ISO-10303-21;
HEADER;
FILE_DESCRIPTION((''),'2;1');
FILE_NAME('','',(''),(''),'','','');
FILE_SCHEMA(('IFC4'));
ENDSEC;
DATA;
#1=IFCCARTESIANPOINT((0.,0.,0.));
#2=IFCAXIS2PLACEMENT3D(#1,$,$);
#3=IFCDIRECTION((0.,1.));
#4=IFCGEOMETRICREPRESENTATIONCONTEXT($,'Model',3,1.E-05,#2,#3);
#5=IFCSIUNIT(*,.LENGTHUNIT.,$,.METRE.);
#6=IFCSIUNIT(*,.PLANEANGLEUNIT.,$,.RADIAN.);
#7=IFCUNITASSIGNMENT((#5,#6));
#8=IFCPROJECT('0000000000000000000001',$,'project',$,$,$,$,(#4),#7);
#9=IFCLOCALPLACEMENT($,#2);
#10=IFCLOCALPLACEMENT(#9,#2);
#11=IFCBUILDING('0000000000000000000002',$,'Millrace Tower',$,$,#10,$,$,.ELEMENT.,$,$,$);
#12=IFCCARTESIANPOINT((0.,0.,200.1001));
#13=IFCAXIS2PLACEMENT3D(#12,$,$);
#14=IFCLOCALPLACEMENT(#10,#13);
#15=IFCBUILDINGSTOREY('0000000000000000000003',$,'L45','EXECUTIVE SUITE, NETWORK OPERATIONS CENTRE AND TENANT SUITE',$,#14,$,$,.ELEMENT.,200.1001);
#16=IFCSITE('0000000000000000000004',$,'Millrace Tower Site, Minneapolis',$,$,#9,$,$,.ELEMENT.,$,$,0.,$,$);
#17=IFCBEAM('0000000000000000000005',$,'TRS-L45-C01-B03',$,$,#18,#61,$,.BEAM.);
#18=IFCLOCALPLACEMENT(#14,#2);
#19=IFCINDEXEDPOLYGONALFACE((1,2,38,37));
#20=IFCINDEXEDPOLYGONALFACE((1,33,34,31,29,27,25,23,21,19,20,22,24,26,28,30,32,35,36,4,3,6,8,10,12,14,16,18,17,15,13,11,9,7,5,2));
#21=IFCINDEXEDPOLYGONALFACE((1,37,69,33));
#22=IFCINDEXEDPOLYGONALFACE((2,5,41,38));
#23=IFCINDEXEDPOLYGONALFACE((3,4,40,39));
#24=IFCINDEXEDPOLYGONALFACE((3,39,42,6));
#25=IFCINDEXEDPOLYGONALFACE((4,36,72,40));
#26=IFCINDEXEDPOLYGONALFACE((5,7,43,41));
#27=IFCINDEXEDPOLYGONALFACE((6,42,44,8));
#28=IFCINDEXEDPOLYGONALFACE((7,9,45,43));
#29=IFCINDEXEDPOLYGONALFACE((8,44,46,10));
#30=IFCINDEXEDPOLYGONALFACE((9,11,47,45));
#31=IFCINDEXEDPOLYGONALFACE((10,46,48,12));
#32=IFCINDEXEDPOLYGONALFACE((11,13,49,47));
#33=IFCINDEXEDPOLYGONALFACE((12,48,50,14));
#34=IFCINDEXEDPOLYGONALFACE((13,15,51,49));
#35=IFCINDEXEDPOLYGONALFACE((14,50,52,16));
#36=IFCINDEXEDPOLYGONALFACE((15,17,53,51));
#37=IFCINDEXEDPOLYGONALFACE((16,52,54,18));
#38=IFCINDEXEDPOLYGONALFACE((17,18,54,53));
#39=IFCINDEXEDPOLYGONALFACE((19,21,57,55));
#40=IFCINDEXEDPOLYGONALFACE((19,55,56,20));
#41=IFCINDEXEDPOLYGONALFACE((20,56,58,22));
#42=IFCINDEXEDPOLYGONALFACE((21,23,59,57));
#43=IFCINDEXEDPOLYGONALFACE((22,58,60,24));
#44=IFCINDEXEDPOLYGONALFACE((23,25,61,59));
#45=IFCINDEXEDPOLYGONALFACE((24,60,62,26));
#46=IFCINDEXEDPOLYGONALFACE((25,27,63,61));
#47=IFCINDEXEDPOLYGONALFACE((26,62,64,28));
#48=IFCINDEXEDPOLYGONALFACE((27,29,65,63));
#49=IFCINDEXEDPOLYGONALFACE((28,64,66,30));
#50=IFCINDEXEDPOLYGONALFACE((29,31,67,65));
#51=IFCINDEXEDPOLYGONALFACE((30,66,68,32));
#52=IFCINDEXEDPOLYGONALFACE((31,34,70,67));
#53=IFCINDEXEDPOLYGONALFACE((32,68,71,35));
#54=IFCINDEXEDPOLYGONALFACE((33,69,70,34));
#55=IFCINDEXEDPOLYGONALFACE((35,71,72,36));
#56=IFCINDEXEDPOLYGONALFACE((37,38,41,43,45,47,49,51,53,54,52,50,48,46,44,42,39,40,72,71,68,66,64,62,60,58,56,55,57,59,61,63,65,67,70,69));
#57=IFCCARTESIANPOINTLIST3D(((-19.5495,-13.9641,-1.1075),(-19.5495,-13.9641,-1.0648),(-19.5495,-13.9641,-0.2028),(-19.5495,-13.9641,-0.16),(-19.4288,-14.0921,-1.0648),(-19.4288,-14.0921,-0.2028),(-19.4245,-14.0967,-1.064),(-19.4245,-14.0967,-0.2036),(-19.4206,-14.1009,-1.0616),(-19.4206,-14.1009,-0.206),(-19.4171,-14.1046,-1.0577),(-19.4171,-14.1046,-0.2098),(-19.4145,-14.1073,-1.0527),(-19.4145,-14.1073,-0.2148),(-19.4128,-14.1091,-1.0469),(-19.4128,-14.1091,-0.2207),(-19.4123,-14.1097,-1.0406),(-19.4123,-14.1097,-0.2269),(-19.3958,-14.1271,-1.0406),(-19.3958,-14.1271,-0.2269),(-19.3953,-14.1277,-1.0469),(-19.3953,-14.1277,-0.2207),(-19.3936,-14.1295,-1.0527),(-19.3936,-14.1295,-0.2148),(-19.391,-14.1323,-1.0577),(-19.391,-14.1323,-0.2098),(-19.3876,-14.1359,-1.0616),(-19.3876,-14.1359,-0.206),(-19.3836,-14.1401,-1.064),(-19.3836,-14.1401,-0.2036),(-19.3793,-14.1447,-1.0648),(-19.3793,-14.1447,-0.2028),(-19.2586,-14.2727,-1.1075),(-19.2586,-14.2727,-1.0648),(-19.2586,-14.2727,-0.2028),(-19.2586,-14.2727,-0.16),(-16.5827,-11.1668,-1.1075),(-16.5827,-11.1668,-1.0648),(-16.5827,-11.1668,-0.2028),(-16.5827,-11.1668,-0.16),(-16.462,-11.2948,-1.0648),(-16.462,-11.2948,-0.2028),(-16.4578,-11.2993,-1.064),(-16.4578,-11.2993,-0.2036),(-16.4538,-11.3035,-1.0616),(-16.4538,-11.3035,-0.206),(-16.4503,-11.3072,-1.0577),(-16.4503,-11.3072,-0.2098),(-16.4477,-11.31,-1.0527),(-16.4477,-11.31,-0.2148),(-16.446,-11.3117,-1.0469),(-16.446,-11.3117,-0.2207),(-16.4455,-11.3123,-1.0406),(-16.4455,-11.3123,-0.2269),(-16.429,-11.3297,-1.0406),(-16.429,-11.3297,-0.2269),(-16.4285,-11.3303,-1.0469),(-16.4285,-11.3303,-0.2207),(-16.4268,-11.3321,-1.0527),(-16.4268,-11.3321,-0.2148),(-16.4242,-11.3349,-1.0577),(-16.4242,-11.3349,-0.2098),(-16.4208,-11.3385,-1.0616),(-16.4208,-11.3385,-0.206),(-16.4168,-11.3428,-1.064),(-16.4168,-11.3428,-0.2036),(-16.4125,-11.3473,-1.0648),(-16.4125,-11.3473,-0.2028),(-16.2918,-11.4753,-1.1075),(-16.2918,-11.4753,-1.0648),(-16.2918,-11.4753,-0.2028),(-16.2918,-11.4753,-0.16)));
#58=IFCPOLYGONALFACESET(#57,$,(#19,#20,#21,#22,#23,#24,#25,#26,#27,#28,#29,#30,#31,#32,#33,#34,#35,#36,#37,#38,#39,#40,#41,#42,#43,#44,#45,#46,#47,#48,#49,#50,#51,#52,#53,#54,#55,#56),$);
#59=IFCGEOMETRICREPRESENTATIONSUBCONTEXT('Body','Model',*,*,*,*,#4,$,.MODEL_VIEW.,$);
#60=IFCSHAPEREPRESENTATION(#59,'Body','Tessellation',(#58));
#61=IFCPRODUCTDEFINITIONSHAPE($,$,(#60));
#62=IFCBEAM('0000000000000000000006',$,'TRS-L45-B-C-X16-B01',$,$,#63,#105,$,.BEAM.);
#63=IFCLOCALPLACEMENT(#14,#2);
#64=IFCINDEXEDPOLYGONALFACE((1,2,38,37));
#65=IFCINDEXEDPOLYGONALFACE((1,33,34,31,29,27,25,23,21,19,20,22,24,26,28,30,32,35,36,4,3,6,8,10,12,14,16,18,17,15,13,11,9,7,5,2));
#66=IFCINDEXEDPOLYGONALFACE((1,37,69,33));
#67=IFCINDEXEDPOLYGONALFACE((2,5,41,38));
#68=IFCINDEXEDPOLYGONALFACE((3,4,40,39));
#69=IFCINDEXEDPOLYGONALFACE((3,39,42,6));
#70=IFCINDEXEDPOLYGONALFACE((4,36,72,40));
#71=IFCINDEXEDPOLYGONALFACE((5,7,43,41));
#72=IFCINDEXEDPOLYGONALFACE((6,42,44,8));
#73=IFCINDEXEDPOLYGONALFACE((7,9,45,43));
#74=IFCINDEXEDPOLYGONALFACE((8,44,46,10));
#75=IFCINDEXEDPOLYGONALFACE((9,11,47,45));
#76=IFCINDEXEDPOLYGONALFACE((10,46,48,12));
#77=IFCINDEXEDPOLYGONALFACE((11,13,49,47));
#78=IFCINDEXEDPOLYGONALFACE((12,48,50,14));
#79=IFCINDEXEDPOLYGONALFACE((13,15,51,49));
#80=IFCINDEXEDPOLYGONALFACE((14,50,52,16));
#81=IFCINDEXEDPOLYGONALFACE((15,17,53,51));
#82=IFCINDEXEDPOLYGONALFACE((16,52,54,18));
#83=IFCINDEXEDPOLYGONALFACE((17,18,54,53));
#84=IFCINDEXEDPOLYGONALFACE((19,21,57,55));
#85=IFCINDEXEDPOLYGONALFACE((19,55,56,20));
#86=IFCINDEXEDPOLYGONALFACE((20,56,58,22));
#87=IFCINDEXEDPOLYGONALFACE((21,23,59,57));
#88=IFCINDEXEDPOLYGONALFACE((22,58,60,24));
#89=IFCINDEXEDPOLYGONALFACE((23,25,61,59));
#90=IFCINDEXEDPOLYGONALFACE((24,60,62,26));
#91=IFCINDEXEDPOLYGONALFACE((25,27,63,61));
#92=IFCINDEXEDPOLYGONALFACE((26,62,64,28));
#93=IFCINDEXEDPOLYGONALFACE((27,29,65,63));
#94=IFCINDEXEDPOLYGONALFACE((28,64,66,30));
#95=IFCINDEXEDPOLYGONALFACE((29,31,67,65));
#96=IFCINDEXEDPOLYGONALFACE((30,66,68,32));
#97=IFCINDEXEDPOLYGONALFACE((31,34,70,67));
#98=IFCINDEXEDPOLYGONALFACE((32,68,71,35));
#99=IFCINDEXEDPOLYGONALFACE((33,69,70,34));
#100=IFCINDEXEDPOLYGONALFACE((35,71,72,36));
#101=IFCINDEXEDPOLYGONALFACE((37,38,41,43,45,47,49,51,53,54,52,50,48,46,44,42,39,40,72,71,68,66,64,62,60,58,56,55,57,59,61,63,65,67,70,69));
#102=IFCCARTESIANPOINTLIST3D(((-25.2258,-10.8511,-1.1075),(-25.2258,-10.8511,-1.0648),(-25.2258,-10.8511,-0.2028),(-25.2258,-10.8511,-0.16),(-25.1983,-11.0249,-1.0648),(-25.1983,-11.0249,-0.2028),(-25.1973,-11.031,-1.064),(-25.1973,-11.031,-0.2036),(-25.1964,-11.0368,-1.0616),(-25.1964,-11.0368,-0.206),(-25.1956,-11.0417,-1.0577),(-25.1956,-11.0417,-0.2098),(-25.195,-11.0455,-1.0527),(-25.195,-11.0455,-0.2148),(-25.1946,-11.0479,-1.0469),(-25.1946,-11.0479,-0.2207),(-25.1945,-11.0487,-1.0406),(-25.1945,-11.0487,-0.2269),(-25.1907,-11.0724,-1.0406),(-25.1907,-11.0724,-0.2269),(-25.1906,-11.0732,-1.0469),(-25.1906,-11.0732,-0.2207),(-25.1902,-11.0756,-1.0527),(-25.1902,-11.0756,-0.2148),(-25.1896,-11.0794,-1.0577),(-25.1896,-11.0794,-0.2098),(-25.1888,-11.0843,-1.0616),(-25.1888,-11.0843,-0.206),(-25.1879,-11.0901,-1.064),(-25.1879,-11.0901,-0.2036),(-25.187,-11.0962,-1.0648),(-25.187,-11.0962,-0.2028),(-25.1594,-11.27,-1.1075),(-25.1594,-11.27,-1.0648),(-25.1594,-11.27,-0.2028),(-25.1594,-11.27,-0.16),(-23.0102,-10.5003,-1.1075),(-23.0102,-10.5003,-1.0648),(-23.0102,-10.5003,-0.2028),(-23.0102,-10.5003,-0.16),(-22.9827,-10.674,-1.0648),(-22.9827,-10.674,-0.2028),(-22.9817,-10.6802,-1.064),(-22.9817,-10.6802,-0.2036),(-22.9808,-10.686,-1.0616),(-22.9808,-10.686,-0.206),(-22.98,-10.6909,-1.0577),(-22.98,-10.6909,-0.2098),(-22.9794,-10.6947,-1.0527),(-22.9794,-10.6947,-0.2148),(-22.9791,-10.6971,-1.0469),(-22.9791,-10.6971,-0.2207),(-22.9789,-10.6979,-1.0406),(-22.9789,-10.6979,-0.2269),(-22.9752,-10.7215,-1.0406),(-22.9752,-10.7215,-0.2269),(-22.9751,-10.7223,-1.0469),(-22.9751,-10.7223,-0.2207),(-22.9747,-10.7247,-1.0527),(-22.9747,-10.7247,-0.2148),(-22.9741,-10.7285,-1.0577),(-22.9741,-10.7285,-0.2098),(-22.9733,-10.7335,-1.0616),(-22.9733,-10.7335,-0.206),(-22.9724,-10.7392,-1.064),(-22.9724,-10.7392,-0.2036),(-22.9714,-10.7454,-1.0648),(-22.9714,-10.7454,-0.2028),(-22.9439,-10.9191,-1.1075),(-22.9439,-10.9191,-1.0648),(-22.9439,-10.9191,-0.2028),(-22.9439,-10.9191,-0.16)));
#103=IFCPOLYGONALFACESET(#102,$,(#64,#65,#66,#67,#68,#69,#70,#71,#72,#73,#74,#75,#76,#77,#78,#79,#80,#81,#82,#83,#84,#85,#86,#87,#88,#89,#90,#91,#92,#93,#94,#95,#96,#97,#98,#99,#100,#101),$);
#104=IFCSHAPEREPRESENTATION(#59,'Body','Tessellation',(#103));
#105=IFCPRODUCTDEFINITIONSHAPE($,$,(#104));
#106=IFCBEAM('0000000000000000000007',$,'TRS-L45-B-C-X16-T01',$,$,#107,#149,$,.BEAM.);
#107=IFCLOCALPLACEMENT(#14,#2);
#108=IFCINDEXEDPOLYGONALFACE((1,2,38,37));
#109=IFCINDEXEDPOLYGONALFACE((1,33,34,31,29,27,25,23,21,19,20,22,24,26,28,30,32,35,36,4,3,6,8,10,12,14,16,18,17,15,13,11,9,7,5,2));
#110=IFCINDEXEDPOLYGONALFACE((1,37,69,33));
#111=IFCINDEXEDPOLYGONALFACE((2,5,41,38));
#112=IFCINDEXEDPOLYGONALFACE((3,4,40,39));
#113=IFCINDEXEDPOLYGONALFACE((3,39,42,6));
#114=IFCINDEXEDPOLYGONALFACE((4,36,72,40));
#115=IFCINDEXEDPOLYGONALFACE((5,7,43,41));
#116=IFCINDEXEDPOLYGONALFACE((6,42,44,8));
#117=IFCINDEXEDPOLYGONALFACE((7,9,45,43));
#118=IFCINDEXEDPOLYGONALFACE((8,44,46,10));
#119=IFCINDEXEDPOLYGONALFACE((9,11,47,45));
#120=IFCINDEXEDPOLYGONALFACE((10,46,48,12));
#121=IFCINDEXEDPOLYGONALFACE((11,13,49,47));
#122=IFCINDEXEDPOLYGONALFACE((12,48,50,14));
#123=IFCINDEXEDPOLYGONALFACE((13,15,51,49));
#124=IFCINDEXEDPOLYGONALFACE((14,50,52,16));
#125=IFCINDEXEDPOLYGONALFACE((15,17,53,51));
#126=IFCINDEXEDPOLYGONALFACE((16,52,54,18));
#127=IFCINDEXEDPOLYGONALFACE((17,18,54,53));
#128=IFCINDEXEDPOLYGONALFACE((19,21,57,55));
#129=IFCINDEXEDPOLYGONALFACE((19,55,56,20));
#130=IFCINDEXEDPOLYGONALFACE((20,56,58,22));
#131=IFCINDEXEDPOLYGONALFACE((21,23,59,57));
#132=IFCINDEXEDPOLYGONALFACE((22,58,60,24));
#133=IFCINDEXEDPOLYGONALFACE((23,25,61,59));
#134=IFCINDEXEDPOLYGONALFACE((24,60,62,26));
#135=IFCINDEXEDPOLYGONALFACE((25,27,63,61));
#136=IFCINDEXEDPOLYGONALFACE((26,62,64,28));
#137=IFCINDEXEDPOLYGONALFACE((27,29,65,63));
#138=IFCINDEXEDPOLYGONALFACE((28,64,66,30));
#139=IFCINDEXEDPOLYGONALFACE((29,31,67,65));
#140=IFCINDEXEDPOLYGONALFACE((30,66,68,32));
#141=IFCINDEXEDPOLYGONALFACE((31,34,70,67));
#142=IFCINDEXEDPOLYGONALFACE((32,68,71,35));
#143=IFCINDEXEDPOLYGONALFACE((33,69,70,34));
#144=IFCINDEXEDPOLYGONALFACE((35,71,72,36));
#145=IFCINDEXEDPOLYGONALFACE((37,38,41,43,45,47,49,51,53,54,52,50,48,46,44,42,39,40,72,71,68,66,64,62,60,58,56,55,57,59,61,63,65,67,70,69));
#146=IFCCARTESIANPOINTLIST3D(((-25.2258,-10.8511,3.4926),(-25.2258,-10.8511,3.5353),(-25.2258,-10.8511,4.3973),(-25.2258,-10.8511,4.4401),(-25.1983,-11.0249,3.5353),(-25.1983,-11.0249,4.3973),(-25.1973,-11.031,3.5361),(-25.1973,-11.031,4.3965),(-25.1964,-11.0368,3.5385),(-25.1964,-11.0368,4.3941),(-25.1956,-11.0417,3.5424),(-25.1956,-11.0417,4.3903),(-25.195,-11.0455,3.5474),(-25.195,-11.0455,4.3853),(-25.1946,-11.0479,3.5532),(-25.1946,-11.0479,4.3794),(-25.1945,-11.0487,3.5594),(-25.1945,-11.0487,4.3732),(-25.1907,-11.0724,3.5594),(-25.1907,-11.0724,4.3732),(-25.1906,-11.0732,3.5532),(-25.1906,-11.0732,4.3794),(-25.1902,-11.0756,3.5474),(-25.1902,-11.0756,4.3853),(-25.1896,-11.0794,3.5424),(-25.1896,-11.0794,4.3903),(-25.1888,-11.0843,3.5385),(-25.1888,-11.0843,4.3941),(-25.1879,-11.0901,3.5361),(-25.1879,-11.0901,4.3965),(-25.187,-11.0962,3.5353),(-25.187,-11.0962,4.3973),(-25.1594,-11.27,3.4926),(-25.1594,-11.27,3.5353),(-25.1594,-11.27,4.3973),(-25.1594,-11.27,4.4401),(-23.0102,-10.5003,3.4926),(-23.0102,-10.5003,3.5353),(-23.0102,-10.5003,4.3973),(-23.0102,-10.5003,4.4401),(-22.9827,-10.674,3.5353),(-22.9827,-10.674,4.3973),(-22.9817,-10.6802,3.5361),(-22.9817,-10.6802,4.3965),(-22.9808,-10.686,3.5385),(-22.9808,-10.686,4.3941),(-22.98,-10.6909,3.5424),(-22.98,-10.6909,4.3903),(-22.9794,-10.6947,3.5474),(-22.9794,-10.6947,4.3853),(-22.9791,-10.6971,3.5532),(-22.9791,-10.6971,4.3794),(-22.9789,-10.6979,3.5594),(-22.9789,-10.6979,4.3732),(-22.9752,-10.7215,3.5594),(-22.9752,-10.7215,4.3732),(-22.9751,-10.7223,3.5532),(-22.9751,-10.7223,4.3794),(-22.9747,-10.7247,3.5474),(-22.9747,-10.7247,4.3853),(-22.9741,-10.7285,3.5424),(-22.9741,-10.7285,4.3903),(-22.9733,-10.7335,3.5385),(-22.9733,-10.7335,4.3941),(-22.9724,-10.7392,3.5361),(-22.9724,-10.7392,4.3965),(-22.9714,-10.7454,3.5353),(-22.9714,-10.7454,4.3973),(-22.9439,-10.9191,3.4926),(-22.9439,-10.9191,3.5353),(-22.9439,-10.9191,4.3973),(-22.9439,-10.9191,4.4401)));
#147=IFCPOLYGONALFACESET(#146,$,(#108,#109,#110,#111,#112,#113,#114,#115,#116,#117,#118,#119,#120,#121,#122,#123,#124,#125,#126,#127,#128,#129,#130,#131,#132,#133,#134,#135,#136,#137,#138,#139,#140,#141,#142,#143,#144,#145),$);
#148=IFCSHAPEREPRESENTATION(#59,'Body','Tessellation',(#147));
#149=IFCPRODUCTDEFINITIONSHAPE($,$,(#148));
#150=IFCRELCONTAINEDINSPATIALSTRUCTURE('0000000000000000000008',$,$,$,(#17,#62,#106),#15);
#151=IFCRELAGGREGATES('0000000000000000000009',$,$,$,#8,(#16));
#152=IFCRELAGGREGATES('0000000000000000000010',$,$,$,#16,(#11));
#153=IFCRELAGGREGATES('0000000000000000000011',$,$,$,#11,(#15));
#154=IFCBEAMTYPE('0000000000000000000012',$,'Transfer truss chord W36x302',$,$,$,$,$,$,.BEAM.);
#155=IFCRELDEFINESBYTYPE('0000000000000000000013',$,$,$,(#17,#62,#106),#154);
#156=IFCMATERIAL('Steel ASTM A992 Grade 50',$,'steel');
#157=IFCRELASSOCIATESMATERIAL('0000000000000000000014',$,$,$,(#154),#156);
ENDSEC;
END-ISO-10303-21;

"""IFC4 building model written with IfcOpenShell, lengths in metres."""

from ifc_helpers import new_model, si_unit, direction, frame, origin, origin_2d, place, context, subcontext, project, spatial, i_section, extrude, material, material_profile, profile_set, type_object, element, save


model = new_model("IFC4")

# Units and contexts
model_context = context("Model", 3, precision=1e-05, world=origin(), true_north=direction((0.0, 1.0)))
body_context = subcontext(model_context, "Body", "Model", "MODEL_VIEW")
ifc_project = project(units=[si_unit("LENGTHUNIT", "METRE"), si_unit("PLANEANGLEUNIT", "RADIAN")], contexts=[model_context])

# Site, building, storey
site_placement = place(None, origin())
site = spatial("IfcSite", under=ifc_project, at=site_placement, Name="Millrace Tower Site, Minneapolis", CompositionType="ELEMENT", RefElevation=0.0)
building_placement = place(site_placement, origin())
building = spatial("IfcBuilding", under=site, at=building_placement, Name="Millrace Tower", CompositionType="ELEMENT")
storey_placement = place(building_placement, frame((0.0, 0.0, 200.1001)))
storey = spatial("IfcBuildingStorey", under=building, at=storey_placement, Name="L45", Description="EXECUTIVE SUITE, NETWORK OPERATIONS CENTRE AND TENANT SUITE", CompositionType="ELEMENT", Elevation=200.1001)

# Beams
ifc_material_1 = material(Name="Steel ASTM A992 Grade 50", Category="steel")
ifc_material_profile_1 = material_profile(ifc_material_1, i_section(OverallWidth=0.4241, OverallDepth=0.9475, WebThickness=0.0239, FlangeThickness=0.0427, FilletRadius=0.0242, at=origin_2d()))
ifc_profile_set_1 = profile_set([ifc_material_profile_1], Name="Steel ASTM A992 Grade 50")
beam_type_1 = type_object("IfcBeamType", Name="Transfer truss chord W36x302", PredefinedType="BEAM", material=ifc_profile_set_1)
beam_1_placement = place(storey_placement, frame((-19.4041, -14.1184, -0.6338), z_axis=(0.727577, 0.686026, 0.0), x_axis=(-0.686026, 0.727577, 0.0)))
element("IfcBeam", 1, at=beam_1_placement, inside=storey, type_object=beam_type_1, Name="TRS-L45-C01-B03", PredefinedType="BEAM", context=body_context, shape_type="SweptSolid", body=[
    extrude(i_section(OverallWidth=0.4241, OverallDepth=0.9475, WebThickness=0.0239, FlangeThickness=0.0427, FilletRadius=0.0242, at=origin_2d()), origin(), (0.0, 0.0, 1.0), 4.0776),
])
for number, where, z_axis, x_axis, name in (
    (2, (-22.9771, -10.7097, -0.6338), (-0.987694, -0.156398, 0.0), (0.156398, -0.987694, 0.0), "TRS-L45-B-C-X16-B01"),
    (3, (-22.9771, -10.7097, 3.9663), (-0.987694, -0.156398, 0.0), (0.156398, -0.987694, 0.0), "TRS-L45-B-C-X16-T01"),
):
    element("IfcBeam", number, at=place(storey_placement, frame(where, z_axis=z_axis, x_axis=x_axis)), inside=storey, type_object=beam_type_1, Name=name, PredefinedType="BEAM", context=body_context, shape_type="SweptSolid", body=[
        extrude(i_section(OverallWidth=0.4241, OverallDepth=0.9475, WebThickness=0.0239, FlangeThickness=0.0427, FilletRadius=0.0242, at=origin_2d()), origin(), (0.0, 0.0, 1.0), 2.2432),
    ])

save(model, "model.ifc")
